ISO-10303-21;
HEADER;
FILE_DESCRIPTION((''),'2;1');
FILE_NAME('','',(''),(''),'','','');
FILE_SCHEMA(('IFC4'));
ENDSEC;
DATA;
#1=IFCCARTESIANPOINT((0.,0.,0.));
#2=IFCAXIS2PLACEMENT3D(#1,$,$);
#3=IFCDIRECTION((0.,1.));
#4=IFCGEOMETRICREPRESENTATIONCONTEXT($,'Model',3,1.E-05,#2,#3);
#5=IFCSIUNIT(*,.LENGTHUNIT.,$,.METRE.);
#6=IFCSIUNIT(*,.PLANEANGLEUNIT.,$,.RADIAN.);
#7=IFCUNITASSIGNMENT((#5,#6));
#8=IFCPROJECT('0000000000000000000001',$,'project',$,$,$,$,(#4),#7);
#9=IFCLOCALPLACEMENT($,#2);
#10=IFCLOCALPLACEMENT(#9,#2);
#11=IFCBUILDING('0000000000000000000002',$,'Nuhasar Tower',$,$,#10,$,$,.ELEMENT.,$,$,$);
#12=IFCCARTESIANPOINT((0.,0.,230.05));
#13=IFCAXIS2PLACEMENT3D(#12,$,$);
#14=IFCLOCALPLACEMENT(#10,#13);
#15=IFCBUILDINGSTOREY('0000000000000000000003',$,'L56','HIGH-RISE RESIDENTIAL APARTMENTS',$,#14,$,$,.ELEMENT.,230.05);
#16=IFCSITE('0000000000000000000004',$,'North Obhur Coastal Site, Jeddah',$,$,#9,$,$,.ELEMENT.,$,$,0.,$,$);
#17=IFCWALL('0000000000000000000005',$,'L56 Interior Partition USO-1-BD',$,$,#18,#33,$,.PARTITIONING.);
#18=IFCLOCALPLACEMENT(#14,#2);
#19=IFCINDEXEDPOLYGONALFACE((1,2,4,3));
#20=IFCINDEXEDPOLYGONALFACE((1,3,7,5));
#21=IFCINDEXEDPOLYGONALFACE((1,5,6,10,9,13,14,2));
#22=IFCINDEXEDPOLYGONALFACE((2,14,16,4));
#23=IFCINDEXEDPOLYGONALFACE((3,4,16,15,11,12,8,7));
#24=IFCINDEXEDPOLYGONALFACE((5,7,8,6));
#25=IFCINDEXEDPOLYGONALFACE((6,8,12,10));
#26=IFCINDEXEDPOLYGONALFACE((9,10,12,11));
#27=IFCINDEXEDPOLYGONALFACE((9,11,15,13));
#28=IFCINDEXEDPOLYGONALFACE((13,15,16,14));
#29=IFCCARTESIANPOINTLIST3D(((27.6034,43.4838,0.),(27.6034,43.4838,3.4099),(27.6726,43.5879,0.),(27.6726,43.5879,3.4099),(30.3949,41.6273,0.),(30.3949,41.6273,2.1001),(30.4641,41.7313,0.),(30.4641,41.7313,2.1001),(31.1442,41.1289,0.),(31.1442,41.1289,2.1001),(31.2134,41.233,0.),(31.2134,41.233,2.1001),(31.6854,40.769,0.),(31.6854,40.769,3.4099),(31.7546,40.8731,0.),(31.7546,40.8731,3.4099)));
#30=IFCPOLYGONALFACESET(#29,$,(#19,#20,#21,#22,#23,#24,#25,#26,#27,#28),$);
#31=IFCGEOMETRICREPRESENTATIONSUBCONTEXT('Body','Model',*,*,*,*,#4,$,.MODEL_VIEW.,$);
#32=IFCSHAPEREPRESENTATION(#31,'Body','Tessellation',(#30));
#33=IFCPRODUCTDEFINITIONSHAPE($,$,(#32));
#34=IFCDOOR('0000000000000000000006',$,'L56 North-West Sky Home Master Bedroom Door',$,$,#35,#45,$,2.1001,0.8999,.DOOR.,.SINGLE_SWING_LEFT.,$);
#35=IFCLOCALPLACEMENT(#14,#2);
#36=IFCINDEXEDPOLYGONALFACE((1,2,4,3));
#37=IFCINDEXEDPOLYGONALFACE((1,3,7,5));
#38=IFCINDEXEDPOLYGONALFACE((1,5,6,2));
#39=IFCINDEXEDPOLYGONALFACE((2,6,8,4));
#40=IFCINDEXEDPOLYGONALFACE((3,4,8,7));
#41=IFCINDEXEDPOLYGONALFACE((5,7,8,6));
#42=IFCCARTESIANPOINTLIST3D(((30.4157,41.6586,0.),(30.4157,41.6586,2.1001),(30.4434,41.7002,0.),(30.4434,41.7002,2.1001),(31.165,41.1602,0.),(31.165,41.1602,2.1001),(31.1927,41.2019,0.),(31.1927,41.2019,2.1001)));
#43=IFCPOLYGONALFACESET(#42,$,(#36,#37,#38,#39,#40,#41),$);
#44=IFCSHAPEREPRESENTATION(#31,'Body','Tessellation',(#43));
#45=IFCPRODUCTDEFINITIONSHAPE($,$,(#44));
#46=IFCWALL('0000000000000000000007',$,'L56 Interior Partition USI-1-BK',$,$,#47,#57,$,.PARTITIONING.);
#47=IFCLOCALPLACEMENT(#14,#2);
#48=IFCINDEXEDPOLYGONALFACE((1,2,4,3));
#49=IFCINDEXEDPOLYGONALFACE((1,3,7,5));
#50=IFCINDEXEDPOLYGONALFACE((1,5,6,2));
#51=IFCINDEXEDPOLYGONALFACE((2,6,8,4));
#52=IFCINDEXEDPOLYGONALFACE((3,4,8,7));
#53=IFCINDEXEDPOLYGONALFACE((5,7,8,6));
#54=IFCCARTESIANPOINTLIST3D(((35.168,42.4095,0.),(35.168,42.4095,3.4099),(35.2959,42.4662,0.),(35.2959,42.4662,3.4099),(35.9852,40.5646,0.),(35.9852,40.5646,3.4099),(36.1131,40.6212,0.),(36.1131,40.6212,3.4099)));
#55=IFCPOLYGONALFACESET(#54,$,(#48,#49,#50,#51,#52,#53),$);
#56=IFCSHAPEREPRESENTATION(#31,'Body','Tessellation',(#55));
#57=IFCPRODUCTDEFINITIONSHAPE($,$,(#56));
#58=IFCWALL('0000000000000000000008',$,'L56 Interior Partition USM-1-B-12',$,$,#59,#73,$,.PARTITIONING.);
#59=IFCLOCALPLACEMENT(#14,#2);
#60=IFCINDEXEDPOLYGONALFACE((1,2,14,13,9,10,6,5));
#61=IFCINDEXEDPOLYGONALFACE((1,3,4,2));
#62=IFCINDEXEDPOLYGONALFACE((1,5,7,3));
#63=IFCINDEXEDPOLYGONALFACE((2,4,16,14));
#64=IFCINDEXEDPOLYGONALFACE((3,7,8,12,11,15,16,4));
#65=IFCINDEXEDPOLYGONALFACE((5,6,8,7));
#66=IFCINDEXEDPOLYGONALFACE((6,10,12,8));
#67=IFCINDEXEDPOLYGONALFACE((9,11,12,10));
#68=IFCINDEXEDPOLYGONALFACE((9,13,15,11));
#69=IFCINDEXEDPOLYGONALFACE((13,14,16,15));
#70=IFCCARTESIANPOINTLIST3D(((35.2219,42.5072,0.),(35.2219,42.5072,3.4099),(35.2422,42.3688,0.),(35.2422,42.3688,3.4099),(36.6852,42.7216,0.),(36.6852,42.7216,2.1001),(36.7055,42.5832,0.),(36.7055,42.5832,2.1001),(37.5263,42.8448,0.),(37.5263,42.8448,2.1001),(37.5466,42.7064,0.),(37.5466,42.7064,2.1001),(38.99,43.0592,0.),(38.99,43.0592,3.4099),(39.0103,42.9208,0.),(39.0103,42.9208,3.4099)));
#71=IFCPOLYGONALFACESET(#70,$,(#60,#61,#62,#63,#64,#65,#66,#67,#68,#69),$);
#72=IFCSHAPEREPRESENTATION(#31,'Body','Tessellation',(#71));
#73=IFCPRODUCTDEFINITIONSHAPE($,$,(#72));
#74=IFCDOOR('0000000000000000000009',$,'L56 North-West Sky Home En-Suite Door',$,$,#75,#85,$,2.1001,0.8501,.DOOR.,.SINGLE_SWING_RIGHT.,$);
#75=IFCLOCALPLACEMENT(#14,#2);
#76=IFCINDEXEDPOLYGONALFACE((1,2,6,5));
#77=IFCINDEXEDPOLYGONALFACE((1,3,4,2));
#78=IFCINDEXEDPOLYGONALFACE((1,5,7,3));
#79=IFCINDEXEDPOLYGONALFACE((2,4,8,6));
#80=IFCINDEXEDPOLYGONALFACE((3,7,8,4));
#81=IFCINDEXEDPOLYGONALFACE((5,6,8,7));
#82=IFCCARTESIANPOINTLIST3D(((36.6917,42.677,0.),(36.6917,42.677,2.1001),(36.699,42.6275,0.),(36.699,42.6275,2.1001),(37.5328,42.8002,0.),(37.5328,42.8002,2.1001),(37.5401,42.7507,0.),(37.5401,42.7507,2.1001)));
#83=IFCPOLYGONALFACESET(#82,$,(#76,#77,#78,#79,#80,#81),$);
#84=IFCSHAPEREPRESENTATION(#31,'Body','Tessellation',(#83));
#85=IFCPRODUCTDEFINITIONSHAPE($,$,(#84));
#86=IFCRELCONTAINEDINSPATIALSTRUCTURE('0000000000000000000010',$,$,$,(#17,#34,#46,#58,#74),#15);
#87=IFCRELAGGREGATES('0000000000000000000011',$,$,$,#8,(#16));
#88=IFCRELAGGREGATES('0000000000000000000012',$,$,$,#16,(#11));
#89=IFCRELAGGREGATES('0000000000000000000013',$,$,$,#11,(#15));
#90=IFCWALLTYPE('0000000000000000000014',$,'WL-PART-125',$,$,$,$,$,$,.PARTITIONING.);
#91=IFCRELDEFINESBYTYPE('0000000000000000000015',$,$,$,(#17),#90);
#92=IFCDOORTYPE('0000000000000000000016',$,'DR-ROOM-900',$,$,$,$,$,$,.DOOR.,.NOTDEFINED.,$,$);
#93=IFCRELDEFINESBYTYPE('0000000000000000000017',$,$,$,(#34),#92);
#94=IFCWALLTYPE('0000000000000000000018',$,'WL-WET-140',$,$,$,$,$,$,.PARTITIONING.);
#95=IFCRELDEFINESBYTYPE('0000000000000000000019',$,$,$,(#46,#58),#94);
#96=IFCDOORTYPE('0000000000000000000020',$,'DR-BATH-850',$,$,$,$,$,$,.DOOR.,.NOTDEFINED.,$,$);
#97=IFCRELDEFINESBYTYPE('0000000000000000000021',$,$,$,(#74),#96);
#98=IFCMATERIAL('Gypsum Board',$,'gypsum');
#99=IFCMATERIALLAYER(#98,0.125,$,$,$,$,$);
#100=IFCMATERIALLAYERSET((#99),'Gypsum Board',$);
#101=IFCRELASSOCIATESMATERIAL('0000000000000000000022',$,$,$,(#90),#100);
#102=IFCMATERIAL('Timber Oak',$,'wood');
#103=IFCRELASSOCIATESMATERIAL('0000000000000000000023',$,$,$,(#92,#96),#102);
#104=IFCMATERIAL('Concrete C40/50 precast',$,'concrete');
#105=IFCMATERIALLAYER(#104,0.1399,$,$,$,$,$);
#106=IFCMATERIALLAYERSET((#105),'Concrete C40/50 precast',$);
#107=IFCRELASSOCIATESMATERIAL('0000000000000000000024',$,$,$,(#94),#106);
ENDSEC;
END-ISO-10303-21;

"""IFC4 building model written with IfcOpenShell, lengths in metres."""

from ifc_helpers import new_model, si_unit, direction, frame, frame_2d, origin, place, context, subcontext, project, spatial, rectangle, extrude, material, layer, layer_set, type_object, element, fill, save


model = new_model("IFC4")

# Units and contexts
model_context = context("Model", 3, precision=1e-05, world=origin(), true_north=direction((0.0, 1.0)))
body_context = subcontext(model_context, "Body", "Model", "MODEL_VIEW")
ifc_project = project(units=[si_unit("LENGTHUNIT", "METRE"), si_unit("PLANEANGLEUNIT", "RADIAN")], contexts=[model_context])

# Site, building, storey
site_placement = place(None, origin())
site = spatial("IfcSite", under=ifc_project, at=site_placement, Name="North Obhur Coastal Site, Jeddah", CompositionType="ELEMENT", RefElevation=0.0)
building_placement = place(site_placement, origin())
building = spatial("IfcBuilding", under=site, at=building_placement, Name="Nuhasar Tower", CompositionType="ELEMENT")
storey_placement = place(building_placement, frame((0.0, 0.0, 230.05)))
storey = spatial("IfcBuildingStorey", under=building, at=storey_placement, Name="L56", Description="HIGH-RISE RESIDENTIAL APARTMENTS", CompositionType="ELEMENT", Elevation=230.05)

# Shared definitions
ifc_material_1 = material(Name="Gypsum Board", Category="gypsum")

# Shared definitions
ifc_layer_1 = layer(ifc_material_1, 0.125)
ifc_layer_set_1 = layer_set([ifc_layer_1], Name="Gypsum Board")
wall_type_1 = type_object("IfcWallType", Name="WL-PART-125", PredefinedType="PARTITIONING", material=ifc_layer_set_1)
ifc_material_2 = material(Name="Timber Oak", Category="wood")
door_type_1 = type_object("IfcDoorType", Name="DR-ROOM-900", OperationType="NOTDEFINED", PredefinedType="DOOR", material=ifc_material_2)

# Wall, opening, door
wall_1_placement = place(storey_placement, frame((31.72, 40.821, 0.0), z_axis=(0.0, 0.0, 1.0), x_axis=(-0.832663, 0.55378, 0.0)))
wall_1 = element("IfcWall", 1, at=wall_1_placement, inside=storey, type_object=wall_type_1, Name="L56 Interior Partition USO-1-BD", PredefinedType="PARTITIONING", context=body_context, shape_type="SweptSolid", body=[
    extrude(rectangle(XDim=4.9023, YDim=0.125, at=frame_2d((2.4512, 0.0))), origin(), (0.0, 0.0, 1.0), 3.4099),
])
opening_1_placement = place(wall_1_placement, frame((0.6499, 0.0, 0.0)))
opening_1 = element("IfcOpeningElement", 2, at=opening_1_placement, cuts=wall_1, PredefinedType="OPENING", context=body_context, shape_type="SweptSolid", body=[
    extrude(rectangle(XDim=0.8999, YDim=2.1001, at=frame_2d((0.45, 1.05))), frame((0.0, 0.0725, 0.0), z_axis=(0.0, -1.0, 0.0), x_axis=(1.0, 0.0, 0.0)), (0.0, 0.0, 1.0), 0.145),
])
door_1_placement = place(opening_1_placement, origin())
door_1 = element("IfcDoor", 3, at=door_1_placement, inside=storey, type_object=door_type_1, Name="L56 North-West Sky Home Master Bedroom Door", OperationType="SINGLE_SWING_LEFT", OverallHeight=2.1001, OverallWidth=0.8999, PredefinedType="DOOR", context=body_context, shape_type="SweptSolid", body=[
    extrude(rectangle(XDim=0.8999, YDim=2.1001, at=frame_2d((0.45, 1.05))), frame((0.0, 0.0249, 0.0), z_axis=(0.0, -1.0, 0.0), x_axis=(1.0, 0.0, 0.0)), (0.0, 0.0, 1.0), 0.05),
])
fill(opening_1, door_1)

# Wall
ifc_material_3 = material(Name="Concrete C40/50 precast", Category="concrete")
ifc_layer_2 = layer(ifc_material_3, 0.1399)
ifc_layer_set_2 = layer_set([ifc_layer_2], Name="Concrete C40/50 precast")
wall_type_2 = type_object("IfcWallType", Name="WL-WET-140", PredefinedType="PARTITIONING", material=ifc_layer_set_2)
wall_2_placement = place(storey_placement, frame((36.0491, 40.593, 0.0), z_axis=(0.0, 0.0, 1.0), x_axis=(-0.404959, 0.914335, 0.0)))
element("IfcWall", 4, at=wall_2_placement, inside=storey, type_object=wall_type_2, Name="L56 Interior Partition USI-1-BK", PredefinedType="PARTITIONING", context=body_context, shape_type="SweptSolid", body=[
    extrude(rectangle(XDim=2.0178, YDim=0.1399, at=frame_2d((1.0088, 0.0))), origin(), (0.0, 0.0, 1.0), 3.4099),
])

# Wall, opening, door
wall_3_placement = place(storey_placement, frame((35.2319, 42.438, 0.0), z_axis=(0.0, 0.0, 1.0), x_axis=(0.989439, 0.144948, 0.0)))
wall_3 = element("IfcWall", 5, at=wall_3_placement, inside=storey, type_object=wall_type_2, Name="L56 Interior Partition USM-1-B-12", PredefinedType="PARTITIONING", context=body_context, shape_type="SweptSolid", body=[
    extrude(rectangle(XDim=3.8083, YDim=0.1399, at=frame_2d((1.9043, 0.0))), origin(), (0.0, 0.0, 1.0), 3.4099),
])
opening_2_placement = place(wall_3_placement, frame((1.479, 0.0, 0.0)))
opening_2 = element("IfcOpeningElement", 6, at=opening_2_placement, cuts=wall_3, PredefinedType="OPENING", context=body_context, shape_type="SweptSolid", body=[
    extrude(rectangle(XDim=0.8501, YDim=2.1001, at=frame_2d((0.425, 1.05))), frame((0.0, 0.0801, 0.0), z_axis=(0.0, -1.0, 0.0), x_axis=(1.0, 0.0, 0.0)), (0.0, 0.0, 1.0), 0.1599),
])
door_type_2 = type_object("IfcDoorType", Name="DR-BATH-850", OperationType="NOTDEFINED", PredefinedType="DOOR", material=ifc_material_2)
door_2_placement = place(opening_2_placement, origin())
door_2 = element("IfcDoor", 7, at=door_2_placement, inside=storey, type_object=door_type_2, Name="L56 North-West Sky Home En-Suite Door", OperationType="SINGLE_SWING_RIGHT", OverallHeight=2.1001, OverallWidth=0.8501, PredefinedType="DOOR", context=body_context, shape_type="SweptSolid", body=[
    extrude(rectangle(XDim=0.8501, YDim=2.1001, at=frame_2d((0.425, 1.05))), frame((0.0, 0.0249, 0.0), z_axis=(0.0, -1.0, 0.0), x_axis=(1.0, 0.0, 0.0)), (0.0, 0.0, 1.0), 0.05),
])
fill(opening_2, door_2)

save(model, "model.ifc")
